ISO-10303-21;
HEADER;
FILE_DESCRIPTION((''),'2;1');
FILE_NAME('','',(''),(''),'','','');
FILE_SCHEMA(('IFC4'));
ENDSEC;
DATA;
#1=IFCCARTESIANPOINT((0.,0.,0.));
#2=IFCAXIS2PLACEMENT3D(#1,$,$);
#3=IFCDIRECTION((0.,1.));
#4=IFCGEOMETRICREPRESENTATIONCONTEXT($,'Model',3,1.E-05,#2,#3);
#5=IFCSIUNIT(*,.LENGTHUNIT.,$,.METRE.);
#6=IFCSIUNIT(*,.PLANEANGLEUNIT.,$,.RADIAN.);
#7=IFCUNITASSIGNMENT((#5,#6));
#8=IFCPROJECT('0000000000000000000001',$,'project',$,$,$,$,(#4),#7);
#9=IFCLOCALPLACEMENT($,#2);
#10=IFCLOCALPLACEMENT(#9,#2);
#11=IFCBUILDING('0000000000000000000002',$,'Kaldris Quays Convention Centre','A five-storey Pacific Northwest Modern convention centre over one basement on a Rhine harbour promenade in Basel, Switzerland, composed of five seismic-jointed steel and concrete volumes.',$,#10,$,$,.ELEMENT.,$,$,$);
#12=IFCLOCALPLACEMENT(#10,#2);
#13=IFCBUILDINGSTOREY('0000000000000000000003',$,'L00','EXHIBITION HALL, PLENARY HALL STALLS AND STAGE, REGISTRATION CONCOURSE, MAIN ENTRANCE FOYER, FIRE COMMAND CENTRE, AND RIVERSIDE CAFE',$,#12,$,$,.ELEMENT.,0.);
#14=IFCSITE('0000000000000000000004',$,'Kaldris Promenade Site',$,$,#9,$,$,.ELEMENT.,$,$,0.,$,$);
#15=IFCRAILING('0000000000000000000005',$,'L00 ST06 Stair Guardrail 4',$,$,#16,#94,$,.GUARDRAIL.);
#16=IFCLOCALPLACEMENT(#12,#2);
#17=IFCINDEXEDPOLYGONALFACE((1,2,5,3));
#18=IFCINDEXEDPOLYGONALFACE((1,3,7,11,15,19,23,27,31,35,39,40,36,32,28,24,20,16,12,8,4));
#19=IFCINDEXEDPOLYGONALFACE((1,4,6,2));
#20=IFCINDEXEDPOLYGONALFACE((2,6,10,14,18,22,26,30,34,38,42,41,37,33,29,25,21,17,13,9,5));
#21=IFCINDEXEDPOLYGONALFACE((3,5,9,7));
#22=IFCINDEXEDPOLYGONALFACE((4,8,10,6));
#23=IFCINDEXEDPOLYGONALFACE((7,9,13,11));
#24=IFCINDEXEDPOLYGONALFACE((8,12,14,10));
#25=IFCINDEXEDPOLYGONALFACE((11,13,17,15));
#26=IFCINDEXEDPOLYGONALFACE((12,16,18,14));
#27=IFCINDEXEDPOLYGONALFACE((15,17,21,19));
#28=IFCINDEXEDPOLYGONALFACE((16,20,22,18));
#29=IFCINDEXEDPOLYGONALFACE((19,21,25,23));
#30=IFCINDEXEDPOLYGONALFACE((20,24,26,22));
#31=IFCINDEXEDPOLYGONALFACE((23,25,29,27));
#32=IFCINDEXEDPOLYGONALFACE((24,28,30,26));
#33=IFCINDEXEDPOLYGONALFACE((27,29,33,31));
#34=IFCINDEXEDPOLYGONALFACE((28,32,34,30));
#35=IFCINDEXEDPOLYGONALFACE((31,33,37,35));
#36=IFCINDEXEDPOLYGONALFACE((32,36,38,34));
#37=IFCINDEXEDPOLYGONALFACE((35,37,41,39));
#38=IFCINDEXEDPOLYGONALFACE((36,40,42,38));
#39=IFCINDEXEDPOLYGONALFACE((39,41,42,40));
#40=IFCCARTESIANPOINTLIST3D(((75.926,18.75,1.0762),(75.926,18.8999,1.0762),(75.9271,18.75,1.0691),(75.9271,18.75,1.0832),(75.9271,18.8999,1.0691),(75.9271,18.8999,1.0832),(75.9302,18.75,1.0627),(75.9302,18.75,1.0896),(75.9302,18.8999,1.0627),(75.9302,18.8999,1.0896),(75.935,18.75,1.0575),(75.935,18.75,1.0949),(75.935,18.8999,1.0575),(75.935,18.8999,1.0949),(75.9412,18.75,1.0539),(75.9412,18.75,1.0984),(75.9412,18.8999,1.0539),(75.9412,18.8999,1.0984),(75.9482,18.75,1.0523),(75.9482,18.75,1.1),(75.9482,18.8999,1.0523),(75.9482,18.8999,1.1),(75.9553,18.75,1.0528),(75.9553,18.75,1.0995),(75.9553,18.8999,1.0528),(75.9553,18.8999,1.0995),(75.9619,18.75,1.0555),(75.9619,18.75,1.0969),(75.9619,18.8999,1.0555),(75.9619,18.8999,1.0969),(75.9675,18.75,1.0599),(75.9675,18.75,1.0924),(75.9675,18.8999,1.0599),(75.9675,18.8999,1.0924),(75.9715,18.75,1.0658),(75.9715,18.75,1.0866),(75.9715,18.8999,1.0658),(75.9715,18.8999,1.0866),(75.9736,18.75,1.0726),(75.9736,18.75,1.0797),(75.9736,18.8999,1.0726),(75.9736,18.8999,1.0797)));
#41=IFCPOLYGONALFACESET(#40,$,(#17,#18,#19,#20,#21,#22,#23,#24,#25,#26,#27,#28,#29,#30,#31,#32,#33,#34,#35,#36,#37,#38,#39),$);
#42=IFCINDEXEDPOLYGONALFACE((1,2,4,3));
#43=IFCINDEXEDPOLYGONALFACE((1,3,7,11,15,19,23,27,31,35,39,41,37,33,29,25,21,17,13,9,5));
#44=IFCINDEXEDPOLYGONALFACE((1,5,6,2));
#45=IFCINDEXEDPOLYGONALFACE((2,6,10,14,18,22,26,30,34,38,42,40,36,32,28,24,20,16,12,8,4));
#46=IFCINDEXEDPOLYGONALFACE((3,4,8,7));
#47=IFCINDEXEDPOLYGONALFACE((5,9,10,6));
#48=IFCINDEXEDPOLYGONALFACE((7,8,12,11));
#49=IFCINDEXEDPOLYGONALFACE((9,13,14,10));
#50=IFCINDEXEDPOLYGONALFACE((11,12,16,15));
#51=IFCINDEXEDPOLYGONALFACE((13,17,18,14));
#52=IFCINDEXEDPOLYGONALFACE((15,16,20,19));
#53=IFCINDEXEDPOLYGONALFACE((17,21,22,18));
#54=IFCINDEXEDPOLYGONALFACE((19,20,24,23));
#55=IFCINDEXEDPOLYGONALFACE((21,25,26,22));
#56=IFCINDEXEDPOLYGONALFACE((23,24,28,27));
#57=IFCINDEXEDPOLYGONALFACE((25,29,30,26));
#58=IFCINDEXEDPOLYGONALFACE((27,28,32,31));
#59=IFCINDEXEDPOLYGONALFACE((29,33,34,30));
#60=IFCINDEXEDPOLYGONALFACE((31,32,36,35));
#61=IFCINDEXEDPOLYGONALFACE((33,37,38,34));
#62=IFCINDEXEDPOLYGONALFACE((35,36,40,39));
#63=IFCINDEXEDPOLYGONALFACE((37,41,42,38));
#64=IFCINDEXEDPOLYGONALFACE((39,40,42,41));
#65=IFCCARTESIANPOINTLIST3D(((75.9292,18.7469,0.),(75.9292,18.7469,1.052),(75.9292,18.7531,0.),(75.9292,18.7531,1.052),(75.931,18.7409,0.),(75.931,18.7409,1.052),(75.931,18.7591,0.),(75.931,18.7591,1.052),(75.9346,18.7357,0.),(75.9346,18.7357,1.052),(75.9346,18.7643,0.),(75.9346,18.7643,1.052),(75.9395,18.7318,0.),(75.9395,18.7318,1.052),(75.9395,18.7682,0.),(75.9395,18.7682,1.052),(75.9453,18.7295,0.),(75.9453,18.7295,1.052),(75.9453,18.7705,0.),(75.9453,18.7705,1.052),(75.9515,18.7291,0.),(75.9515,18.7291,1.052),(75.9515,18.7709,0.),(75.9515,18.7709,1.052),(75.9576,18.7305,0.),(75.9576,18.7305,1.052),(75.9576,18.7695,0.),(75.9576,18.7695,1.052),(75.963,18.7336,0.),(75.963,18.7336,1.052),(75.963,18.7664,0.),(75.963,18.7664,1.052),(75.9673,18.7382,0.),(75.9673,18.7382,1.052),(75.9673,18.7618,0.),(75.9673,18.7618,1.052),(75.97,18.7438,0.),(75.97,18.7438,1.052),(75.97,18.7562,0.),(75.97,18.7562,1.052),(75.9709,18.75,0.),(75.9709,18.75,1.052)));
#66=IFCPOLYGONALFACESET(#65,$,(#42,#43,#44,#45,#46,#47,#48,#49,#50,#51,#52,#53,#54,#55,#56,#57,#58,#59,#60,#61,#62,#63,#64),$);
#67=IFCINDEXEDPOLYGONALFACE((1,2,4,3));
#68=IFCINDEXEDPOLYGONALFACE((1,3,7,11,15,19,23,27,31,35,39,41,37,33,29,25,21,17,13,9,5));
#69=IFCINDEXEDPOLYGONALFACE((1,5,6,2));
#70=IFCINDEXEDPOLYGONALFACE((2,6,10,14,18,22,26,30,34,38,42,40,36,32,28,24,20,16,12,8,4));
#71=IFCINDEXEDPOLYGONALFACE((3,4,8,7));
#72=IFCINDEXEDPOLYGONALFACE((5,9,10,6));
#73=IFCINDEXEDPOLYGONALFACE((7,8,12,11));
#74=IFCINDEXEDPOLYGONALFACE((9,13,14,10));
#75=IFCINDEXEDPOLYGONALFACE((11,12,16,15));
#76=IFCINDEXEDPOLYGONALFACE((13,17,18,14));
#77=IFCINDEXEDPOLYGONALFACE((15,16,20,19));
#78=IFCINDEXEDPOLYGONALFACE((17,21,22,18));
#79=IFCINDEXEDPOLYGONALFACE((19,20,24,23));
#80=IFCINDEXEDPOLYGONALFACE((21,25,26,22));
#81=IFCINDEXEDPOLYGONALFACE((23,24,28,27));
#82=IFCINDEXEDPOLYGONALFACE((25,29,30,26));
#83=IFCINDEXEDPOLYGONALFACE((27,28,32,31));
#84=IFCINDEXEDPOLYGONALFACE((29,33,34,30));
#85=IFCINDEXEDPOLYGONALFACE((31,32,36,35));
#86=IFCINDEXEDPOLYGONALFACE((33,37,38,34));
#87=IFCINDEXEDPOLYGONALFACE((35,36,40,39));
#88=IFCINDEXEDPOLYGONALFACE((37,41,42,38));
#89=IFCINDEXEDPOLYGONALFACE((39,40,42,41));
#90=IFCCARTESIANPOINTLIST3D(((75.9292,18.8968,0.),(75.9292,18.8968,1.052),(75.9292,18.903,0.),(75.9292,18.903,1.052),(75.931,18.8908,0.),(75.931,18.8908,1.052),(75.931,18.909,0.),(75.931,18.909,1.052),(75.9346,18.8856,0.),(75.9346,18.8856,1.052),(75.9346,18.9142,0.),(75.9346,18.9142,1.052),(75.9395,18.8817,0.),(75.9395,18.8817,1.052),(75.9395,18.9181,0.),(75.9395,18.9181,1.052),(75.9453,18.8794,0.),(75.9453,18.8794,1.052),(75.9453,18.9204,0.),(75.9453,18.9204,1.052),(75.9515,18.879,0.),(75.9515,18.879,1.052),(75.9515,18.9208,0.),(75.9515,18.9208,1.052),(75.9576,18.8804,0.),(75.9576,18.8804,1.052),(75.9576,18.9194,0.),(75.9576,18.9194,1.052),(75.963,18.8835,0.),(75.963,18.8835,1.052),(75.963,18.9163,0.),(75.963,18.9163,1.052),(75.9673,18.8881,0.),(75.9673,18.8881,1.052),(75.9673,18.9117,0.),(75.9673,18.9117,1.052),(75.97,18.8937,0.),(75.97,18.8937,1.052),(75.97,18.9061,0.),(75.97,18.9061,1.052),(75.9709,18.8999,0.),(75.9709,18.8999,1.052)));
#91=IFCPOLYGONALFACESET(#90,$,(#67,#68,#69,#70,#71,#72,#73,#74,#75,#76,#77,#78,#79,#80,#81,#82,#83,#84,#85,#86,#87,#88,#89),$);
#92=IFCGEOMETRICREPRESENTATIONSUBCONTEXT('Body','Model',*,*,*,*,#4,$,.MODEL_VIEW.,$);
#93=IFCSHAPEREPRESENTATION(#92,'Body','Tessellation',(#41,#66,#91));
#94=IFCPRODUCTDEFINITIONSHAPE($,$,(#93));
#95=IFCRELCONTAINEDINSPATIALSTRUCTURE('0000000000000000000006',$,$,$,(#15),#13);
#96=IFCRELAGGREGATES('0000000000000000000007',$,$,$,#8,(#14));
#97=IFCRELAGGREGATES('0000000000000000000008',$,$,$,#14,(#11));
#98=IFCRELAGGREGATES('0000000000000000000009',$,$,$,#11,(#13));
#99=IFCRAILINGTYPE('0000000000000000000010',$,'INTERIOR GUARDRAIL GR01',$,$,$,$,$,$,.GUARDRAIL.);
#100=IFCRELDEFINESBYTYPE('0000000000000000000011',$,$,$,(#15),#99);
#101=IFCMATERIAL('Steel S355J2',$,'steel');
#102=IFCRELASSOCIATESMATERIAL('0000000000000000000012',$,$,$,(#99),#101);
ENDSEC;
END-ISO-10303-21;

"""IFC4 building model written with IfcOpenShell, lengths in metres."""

from ifc_helpers import new_model, si_unit, direction, frame, origin, origin_2d, place, context, subcontext, project, spatial, circle, extrude, material, type_object, element, save


model = new_model("IFC4")

# Units and contexts
model_context = context("Model", 3, precision=1e-05, world=origin(), true_north=direction((0.0, 1.0)))
body_context = subcontext(model_context, "Body", "Model", "MODEL_VIEW")
ifc_project = project(units=[si_unit("LENGTHUNIT", "METRE"), si_unit("PLANEANGLEUNIT", "RADIAN")], contexts=[model_context])

# Site, building, storey
site_placement = place(None, origin())
site = spatial("IfcSite", under=ifc_project, at=site_placement, Name="Kaldris Promenade Site", CompositionType="ELEMENT", RefElevation=0.0)
building_placement = place(site_placement, origin())
building = spatial("IfcBuilding", under=site, at=building_placement, Name="Kaldris Quays Convention Centre", Description="A five-storey Pacific Northwest Modern convention centre over one basement on a Rhine harbour promenade in Basel, Switzerland, composed of five seismic-jointed steel and concrete volumes.", CompositionType="ELEMENT")
storey_placement = place(building_placement, origin())
storey = spatial("IfcBuildingStorey", under=building, at=storey_placement, Name="L00", Description="EXHIBITION HALL, PLENARY HALL STALLS AND STAGE, REGISTRATION CONCOURSE, MAIN ENTRANCE FOYER, FIRE COMMAND CENTRE, AND RIVERSIDE CAFE", CompositionType="ELEMENT", Elevation=0.0)

# Railing
ifc_material_1 = material(Name="Steel S355J2", Category="steel")
railing_type_1 = type_object("IfcRailingType", Name="INTERIOR GUARDRAIL GR01", PredefinedType="GUARDRAIL", material=ifc_material_1)
railing_1_placement = place(storey_placement, frame((75.95, 18.75, 0.0)))
element("IfcRailing", 1, at=railing_1_placement, inside=storey, type_object=railing_type_1, Name="L00 ST06 Stair Guardrail 4", PredefinedType="GUARDRAIL", context=body_context, shape_type="SweptSolid", body=[
    extrude(circle(Radius=0.0239, at=origin_2d()), frame((0.0, 0.0, 1.0762), z_axis=(0.0, 1.0, 0.0), x_axis=(-1.0, 0.0, 0.0)), (0.0, 0.0, 1.0), 0.1499),
    extrude(circle(Radius=0.021, at=origin_2d()), origin(), (0.0, 0.0, 1.0), 1.052),
    extrude(circle(Radius=0.021, at=origin_2d()), frame((0.0, 0.1499, 0.0)), (0.0, 0.0, 1.0), 1.052),
])

save(model, "model.ifc")
